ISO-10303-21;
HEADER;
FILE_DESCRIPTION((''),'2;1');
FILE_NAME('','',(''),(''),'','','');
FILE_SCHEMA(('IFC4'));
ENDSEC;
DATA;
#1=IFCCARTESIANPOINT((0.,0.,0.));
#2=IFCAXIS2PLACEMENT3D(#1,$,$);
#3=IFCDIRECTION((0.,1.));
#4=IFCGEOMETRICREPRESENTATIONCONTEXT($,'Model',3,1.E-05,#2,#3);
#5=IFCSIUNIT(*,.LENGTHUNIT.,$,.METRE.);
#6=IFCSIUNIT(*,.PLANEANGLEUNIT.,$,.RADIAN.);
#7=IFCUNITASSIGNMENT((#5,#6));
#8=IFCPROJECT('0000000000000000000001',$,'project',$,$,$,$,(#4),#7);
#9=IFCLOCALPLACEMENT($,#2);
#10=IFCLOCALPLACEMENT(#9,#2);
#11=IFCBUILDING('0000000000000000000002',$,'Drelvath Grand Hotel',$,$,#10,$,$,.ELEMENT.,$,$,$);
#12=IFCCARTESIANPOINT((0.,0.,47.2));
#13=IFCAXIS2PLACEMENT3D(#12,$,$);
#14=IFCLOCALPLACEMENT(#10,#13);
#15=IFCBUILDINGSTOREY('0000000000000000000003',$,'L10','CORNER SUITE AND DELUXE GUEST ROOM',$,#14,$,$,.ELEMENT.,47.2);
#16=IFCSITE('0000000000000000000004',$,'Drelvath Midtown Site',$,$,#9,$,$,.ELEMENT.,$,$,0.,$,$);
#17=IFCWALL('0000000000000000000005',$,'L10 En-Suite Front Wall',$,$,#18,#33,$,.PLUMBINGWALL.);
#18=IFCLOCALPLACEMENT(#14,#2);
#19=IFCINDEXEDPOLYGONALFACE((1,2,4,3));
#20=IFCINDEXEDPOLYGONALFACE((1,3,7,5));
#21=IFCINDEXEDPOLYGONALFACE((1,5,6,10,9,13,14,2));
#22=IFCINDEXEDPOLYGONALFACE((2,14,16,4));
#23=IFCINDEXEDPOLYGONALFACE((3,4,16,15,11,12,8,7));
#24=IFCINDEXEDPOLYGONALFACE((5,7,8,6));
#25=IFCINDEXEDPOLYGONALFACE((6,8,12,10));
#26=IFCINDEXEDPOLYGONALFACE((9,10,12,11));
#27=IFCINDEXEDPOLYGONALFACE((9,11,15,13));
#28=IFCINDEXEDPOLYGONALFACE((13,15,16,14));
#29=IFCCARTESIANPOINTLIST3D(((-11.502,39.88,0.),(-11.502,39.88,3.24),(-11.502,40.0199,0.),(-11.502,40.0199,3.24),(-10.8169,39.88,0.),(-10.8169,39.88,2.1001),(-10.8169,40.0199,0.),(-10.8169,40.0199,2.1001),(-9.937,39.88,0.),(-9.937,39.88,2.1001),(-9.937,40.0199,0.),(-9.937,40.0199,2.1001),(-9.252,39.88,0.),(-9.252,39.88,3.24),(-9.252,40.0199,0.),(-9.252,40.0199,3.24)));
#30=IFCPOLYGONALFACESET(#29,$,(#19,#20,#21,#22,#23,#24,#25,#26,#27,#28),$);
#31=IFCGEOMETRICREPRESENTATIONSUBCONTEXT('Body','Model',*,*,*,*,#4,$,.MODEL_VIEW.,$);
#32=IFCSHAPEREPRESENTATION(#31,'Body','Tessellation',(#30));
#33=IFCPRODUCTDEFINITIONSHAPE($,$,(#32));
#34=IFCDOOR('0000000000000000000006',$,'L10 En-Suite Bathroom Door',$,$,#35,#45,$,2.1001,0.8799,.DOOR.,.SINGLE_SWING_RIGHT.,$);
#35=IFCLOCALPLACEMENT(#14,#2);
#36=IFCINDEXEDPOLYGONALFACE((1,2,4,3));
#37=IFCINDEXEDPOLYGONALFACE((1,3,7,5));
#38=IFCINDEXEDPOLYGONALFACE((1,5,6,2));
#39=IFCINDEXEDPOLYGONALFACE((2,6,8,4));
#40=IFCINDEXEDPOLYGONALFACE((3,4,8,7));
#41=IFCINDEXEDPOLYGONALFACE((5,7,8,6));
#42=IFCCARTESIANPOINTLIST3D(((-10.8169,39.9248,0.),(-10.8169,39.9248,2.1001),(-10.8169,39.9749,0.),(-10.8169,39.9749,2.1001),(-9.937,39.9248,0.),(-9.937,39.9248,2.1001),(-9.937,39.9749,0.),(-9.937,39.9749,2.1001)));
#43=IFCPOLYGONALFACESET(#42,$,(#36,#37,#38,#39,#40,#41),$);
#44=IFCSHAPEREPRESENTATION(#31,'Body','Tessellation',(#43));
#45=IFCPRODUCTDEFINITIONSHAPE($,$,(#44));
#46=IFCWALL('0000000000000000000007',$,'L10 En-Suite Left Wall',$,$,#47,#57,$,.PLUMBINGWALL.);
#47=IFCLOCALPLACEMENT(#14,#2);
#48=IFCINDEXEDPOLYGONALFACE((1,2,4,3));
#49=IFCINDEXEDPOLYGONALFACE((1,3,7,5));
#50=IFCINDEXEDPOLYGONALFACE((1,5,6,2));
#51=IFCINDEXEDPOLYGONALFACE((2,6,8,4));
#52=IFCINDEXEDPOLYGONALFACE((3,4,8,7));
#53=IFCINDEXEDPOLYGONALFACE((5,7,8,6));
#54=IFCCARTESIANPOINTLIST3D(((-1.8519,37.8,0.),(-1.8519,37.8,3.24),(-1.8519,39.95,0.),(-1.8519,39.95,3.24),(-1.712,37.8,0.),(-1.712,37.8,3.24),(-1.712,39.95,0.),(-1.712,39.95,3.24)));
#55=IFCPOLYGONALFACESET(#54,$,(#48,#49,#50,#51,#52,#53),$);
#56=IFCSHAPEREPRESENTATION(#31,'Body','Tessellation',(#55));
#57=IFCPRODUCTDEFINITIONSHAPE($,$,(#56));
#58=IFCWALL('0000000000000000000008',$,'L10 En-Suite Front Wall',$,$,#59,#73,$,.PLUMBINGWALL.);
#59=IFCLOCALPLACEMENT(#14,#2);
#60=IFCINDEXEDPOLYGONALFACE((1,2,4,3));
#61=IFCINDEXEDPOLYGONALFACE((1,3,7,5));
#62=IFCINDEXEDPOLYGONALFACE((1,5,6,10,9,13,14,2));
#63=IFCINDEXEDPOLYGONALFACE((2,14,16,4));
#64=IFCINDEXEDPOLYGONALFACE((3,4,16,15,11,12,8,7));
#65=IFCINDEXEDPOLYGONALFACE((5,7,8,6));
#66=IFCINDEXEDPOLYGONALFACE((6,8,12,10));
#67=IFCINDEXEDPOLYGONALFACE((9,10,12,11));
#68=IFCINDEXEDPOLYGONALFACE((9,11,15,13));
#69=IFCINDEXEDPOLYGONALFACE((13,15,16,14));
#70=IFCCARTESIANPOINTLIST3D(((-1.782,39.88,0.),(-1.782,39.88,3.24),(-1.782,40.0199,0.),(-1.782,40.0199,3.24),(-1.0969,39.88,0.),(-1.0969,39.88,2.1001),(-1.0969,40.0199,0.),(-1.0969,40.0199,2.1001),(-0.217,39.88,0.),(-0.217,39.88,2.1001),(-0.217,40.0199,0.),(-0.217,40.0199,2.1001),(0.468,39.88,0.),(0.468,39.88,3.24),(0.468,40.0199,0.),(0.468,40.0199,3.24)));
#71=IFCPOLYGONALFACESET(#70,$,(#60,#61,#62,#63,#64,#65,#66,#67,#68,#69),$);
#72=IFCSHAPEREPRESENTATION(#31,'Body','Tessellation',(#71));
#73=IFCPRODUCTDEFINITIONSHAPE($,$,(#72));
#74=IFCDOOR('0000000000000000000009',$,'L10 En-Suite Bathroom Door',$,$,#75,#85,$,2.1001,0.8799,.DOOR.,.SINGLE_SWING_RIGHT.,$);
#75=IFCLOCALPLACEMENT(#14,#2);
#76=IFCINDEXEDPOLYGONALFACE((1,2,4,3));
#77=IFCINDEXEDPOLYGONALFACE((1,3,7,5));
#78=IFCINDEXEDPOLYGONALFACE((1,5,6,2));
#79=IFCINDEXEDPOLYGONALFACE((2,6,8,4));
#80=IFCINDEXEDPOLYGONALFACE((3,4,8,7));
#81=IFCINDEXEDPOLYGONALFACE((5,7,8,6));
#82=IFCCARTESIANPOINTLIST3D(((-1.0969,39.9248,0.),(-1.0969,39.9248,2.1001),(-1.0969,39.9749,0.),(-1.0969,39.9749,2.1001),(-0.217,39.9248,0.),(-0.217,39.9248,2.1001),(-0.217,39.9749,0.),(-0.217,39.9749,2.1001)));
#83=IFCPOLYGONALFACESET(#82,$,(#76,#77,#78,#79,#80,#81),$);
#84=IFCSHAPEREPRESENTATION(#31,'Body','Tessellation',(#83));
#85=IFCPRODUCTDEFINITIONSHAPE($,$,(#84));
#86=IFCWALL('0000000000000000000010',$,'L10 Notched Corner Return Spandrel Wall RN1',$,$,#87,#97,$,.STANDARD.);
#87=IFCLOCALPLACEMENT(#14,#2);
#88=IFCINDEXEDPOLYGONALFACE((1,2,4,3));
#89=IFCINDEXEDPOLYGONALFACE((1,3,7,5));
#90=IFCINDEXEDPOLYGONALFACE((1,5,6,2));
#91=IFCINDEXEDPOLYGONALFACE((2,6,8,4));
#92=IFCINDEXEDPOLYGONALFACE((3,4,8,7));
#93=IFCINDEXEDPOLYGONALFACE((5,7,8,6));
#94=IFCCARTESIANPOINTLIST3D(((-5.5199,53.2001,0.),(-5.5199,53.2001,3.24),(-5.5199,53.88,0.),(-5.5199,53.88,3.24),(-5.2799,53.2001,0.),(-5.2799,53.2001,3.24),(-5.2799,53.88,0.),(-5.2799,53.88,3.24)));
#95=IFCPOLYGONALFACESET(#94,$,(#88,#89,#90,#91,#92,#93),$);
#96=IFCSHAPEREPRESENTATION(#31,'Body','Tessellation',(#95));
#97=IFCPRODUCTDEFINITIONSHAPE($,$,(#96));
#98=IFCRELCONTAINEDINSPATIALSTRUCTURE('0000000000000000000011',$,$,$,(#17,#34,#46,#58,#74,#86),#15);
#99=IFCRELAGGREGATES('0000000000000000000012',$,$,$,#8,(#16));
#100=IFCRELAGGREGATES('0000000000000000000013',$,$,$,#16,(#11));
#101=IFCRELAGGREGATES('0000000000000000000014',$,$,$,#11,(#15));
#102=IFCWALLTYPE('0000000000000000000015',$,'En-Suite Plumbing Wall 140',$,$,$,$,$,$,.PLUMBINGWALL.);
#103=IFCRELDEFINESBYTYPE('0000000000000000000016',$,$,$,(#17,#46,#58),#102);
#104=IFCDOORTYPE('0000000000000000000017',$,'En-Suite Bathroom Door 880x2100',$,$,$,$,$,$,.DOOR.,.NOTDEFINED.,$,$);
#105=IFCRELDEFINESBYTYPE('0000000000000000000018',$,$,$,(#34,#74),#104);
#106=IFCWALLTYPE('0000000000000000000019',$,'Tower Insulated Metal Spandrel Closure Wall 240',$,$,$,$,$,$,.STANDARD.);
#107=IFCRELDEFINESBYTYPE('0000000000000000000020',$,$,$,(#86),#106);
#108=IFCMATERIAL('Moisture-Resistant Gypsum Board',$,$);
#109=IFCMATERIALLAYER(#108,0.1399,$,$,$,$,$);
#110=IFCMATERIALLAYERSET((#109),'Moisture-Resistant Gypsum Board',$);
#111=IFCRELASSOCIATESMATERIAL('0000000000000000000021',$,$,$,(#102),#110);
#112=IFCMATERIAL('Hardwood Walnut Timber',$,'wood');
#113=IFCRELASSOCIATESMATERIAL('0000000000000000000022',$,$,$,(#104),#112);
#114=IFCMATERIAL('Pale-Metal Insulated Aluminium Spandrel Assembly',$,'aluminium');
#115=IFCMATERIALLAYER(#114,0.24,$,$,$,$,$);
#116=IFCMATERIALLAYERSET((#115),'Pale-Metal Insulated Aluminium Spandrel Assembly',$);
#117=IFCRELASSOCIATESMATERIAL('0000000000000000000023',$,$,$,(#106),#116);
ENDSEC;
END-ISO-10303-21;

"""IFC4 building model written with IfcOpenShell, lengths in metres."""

from ifc_helpers import new_model, si_unit, direction, frame, frame_2d, origin, place, context, subcontext, project, spatial, rectangle, extrude, material, layer, layer_set, type_object, element, fill, save


model = new_model("IFC4")

# Units and contexts
model_context = context("Model", 3, precision=1e-05, world=origin(), true_north=direction((0.0, 1.0)))
body_context = subcontext(model_context, "Body", "Model", "MODEL_VIEW")
ifc_project = project(units=[si_unit("LENGTHUNIT", "METRE"), si_unit("PLANEANGLEUNIT", "RADIAN")], contexts=[model_context])

# Site, building, storey
site_placement = place(None, origin())
site = spatial("IfcSite", under=ifc_project, at=site_placement, Name="Drelvath Midtown Site", CompositionType="ELEMENT", RefElevation=0.0)
building_placement = place(site_placement, origin())
building = spatial("IfcBuilding", under=site, at=building_placement, Name="Drelvath Grand Hotel", CompositionType="ELEMENT")
storey_placement = place(building_placement, frame((0.0, 0.0, 47.2)))
storey = spatial("IfcBuildingStorey", under=building, at=storey_placement, Name="L10", Description="CORNER SUITE AND DELUXE GUEST ROOM", CompositionType="ELEMENT", Elevation=47.2)

# Wall, opening, door
ifc_material_1 = material(Name="Moisture-Resistant Gypsum Board")
ifc_layer_1 = layer(ifc_material_1, 0.1399)
ifc_layer_set_1 = layer_set([ifc_layer_1], Name="Moisture-Resistant Gypsum Board")
wall_type_1 = type_object("IfcWallType", Name="En-Suite Plumbing Wall 140", PredefinedType="PLUMBINGWALL", material=ifc_layer_set_1)
wall_1_placement = place(storey_placement, frame((-11.502, 39.95, 0.0), z_axis=(0.0, 0.0, 1.0), x_axis=(1.0, 0.0, 0.0)))
wall_1 = element("IfcWall", 1, at=wall_1_placement, inside=storey, type_object=wall_type_1, Name="L10 En-Suite Front Wall", PredefinedType="PLUMBINGWALL", context=body_context, shape_type="SweptSolid", body=[
    extrude(rectangle(XDim=2.25, YDim=0.1399, at=frame_2d((1.125, 0.0))), origin(), (0.0, 0.0, 1.0), 3.24),
])
opening_1_placement = place(wall_1_placement, frame((0.6851, 0.0, 0.0)))
opening_1 = element("IfcOpeningElement", 2, at=opening_1_placement, cuts=wall_1, PredefinedType="OPENING", context=body_context, shape_type="SweptSolid", body=[
    extrude(rectangle(XDim=0.8799, YDim=2.1001, at=frame_2d((0.4399, 1.05))), frame((0.0, 0.0798, 0.0), z_axis=(0.0, -1.0, 0.0), x_axis=(1.0, 0.0, 0.0)), (0.0, 0.0, 1.0), 0.1599),
])
ifc_material_2 = material(Name="Hardwood Walnut Timber", Category="wood")
door_type = type_object("IfcDoorType", Name="En-Suite Bathroom Door 880x2100", OperationType="NOTDEFINED", PredefinedType="DOOR", material=ifc_material_2)
door_1_placement = place(opening_1_placement, origin())
door_1 = element("IfcDoor", 3, at=door_1_placement, inside=storey, type_object=door_type, Name="L10 En-Suite Bathroom Door", OperationType="SINGLE_SWING_RIGHT", OverallHeight=2.1001, OverallWidth=0.8799, PredefinedType="DOOR", context=body_context, shape_type="SweptSolid", body=[
    extrude(rectangle(XDim=0.8799, YDim=2.1001, at=frame_2d((0.4399, 1.05))), frame((0.0, 0.0249, 0.0), z_axis=(0.0, -1.0, 0.0), x_axis=(1.0, 0.0, 0.0)), (0.0, 0.0, 1.0), 0.05),
])
fill(opening_1, door_1)

# Wall
wall_2_placement = place(storey_placement, frame((-1.782, 37.8, 0.0), z_axis=(0.0, 0.0, 1.0), x_axis=(0.0, 1.0, 0.0)))
element("IfcWall", 4, at=wall_2_placement, inside=storey, type_object=wall_type_1, Name="L10 En-Suite Left Wall", PredefinedType="PLUMBINGWALL", context=body_context, shape_type="SweptSolid", body=[
    extrude(rectangle(XDim=2.1499, YDim=0.1399, at=frame_2d((1.075, 0.0))), origin(), (0.0, 0.0, 1.0), 3.24),
])

# Wall, opening, door
wall_3_placement = place(storey_placement, frame((-1.782, 39.95, 0.0), z_axis=(0.0, 0.0, 1.0), x_axis=(1.0, 0.0, 0.0)))
wall_3 = element("IfcWall", 5, at=wall_3_placement, inside=storey, type_object=wall_type_1, Name="L10 En-Suite Front Wall", PredefinedType="PLUMBINGWALL", context=body_context, shape_type="SweptSolid", body=[
    extrude(rectangle(XDim=2.25, YDim=0.1399, at=frame_2d((1.125, 0.0))), origin(), (0.0, 0.0, 1.0), 3.24),
])
opening_2_placement = place(wall_3_placement, frame((0.6851, 0.0, 0.0)))
opening_2 = element("IfcOpeningElement", 6, at=opening_2_placement, cuts=wall_3, PredefinedType="OPENING", context=body_context, shape_type="SweptSolid", body=[
    extrude(rectangle(XDim=0.8799, YDim=2.1001, at=frame_2d((0.4399, 1.05))), frame((0.0, 0.0798, 0.0), z_axis=(0.0, -1.0, 0.0), x_axis=(1.0, 0.0, 0.0)), (0.0, 0.0, 1.0), 0.1599),
])
door_2_placement = place(opening_2_placement, origin())
door_2 = element("IfcDoor", 7, at=door_2_placement, inside=storey, type_object=door_type, Name="L10 En-Suite Bathroom Door", OperationType="SINGLE_SWING_RIGHT", OverallHeight=2.1001, OverallWidth=0.8799, PredefinedType="DOOR", context=body_context, shape_type="SweptSolid", body=[
    extrude(rectangle(XDim=0.8799, YDim=2.1001, at=frame_2d((0.4399, 1.05))), frame((0.0, 0.0249, 0.0), z_axis=(0.0, -1.0, 0.0), x_axis=(1.0, 0.0, 0.0)), (0.0, 0.0, 1.0), 0.05),
])
fill(opening_2, door_2)

# Wall
ifc_material_3 = material(Name="Pale-Metal Insulated Aluminium Spandrel Assembly", Category="aluminium")
ifc_layer_2 = layer(ifc_material_3, 0.24)
ifc_layer_set_2 = layer_set([ifc_layer_2], Name="Pale-Metal Insulated Aluminium Spandrel Assembly")
wall_type_2 = type_object("IfcWallType", Name="Tower Insulated Metal Spandrel Closure Wall 240", PredefinedType="STANDARD", material=ifc_layer_set_2)
wall_4_placement = place(storey_placement, frame((-5.3999, 53.8799, 0.0), z_axis=(0.0, 0.0, 1.0), x_axis=(0.0, -1.0, 0.0)))
element("IfcWall", 8, at=wall_4_placement, inside=storey, type_object=wall_type_2, Name="L10 Notched Corner Return Spandrel Wall RN1", PredefinedType="STANDARD", context=body_context, shape_type="SweptSolid", body=[
    extrude(rectangle(XDim=0.6799, YDim=0.24, at=frame_2d((0.3398, 0.0))), origin(), (0.0, 0.0, 1.0), 3.24),
])

save(model, "model.ifc")
